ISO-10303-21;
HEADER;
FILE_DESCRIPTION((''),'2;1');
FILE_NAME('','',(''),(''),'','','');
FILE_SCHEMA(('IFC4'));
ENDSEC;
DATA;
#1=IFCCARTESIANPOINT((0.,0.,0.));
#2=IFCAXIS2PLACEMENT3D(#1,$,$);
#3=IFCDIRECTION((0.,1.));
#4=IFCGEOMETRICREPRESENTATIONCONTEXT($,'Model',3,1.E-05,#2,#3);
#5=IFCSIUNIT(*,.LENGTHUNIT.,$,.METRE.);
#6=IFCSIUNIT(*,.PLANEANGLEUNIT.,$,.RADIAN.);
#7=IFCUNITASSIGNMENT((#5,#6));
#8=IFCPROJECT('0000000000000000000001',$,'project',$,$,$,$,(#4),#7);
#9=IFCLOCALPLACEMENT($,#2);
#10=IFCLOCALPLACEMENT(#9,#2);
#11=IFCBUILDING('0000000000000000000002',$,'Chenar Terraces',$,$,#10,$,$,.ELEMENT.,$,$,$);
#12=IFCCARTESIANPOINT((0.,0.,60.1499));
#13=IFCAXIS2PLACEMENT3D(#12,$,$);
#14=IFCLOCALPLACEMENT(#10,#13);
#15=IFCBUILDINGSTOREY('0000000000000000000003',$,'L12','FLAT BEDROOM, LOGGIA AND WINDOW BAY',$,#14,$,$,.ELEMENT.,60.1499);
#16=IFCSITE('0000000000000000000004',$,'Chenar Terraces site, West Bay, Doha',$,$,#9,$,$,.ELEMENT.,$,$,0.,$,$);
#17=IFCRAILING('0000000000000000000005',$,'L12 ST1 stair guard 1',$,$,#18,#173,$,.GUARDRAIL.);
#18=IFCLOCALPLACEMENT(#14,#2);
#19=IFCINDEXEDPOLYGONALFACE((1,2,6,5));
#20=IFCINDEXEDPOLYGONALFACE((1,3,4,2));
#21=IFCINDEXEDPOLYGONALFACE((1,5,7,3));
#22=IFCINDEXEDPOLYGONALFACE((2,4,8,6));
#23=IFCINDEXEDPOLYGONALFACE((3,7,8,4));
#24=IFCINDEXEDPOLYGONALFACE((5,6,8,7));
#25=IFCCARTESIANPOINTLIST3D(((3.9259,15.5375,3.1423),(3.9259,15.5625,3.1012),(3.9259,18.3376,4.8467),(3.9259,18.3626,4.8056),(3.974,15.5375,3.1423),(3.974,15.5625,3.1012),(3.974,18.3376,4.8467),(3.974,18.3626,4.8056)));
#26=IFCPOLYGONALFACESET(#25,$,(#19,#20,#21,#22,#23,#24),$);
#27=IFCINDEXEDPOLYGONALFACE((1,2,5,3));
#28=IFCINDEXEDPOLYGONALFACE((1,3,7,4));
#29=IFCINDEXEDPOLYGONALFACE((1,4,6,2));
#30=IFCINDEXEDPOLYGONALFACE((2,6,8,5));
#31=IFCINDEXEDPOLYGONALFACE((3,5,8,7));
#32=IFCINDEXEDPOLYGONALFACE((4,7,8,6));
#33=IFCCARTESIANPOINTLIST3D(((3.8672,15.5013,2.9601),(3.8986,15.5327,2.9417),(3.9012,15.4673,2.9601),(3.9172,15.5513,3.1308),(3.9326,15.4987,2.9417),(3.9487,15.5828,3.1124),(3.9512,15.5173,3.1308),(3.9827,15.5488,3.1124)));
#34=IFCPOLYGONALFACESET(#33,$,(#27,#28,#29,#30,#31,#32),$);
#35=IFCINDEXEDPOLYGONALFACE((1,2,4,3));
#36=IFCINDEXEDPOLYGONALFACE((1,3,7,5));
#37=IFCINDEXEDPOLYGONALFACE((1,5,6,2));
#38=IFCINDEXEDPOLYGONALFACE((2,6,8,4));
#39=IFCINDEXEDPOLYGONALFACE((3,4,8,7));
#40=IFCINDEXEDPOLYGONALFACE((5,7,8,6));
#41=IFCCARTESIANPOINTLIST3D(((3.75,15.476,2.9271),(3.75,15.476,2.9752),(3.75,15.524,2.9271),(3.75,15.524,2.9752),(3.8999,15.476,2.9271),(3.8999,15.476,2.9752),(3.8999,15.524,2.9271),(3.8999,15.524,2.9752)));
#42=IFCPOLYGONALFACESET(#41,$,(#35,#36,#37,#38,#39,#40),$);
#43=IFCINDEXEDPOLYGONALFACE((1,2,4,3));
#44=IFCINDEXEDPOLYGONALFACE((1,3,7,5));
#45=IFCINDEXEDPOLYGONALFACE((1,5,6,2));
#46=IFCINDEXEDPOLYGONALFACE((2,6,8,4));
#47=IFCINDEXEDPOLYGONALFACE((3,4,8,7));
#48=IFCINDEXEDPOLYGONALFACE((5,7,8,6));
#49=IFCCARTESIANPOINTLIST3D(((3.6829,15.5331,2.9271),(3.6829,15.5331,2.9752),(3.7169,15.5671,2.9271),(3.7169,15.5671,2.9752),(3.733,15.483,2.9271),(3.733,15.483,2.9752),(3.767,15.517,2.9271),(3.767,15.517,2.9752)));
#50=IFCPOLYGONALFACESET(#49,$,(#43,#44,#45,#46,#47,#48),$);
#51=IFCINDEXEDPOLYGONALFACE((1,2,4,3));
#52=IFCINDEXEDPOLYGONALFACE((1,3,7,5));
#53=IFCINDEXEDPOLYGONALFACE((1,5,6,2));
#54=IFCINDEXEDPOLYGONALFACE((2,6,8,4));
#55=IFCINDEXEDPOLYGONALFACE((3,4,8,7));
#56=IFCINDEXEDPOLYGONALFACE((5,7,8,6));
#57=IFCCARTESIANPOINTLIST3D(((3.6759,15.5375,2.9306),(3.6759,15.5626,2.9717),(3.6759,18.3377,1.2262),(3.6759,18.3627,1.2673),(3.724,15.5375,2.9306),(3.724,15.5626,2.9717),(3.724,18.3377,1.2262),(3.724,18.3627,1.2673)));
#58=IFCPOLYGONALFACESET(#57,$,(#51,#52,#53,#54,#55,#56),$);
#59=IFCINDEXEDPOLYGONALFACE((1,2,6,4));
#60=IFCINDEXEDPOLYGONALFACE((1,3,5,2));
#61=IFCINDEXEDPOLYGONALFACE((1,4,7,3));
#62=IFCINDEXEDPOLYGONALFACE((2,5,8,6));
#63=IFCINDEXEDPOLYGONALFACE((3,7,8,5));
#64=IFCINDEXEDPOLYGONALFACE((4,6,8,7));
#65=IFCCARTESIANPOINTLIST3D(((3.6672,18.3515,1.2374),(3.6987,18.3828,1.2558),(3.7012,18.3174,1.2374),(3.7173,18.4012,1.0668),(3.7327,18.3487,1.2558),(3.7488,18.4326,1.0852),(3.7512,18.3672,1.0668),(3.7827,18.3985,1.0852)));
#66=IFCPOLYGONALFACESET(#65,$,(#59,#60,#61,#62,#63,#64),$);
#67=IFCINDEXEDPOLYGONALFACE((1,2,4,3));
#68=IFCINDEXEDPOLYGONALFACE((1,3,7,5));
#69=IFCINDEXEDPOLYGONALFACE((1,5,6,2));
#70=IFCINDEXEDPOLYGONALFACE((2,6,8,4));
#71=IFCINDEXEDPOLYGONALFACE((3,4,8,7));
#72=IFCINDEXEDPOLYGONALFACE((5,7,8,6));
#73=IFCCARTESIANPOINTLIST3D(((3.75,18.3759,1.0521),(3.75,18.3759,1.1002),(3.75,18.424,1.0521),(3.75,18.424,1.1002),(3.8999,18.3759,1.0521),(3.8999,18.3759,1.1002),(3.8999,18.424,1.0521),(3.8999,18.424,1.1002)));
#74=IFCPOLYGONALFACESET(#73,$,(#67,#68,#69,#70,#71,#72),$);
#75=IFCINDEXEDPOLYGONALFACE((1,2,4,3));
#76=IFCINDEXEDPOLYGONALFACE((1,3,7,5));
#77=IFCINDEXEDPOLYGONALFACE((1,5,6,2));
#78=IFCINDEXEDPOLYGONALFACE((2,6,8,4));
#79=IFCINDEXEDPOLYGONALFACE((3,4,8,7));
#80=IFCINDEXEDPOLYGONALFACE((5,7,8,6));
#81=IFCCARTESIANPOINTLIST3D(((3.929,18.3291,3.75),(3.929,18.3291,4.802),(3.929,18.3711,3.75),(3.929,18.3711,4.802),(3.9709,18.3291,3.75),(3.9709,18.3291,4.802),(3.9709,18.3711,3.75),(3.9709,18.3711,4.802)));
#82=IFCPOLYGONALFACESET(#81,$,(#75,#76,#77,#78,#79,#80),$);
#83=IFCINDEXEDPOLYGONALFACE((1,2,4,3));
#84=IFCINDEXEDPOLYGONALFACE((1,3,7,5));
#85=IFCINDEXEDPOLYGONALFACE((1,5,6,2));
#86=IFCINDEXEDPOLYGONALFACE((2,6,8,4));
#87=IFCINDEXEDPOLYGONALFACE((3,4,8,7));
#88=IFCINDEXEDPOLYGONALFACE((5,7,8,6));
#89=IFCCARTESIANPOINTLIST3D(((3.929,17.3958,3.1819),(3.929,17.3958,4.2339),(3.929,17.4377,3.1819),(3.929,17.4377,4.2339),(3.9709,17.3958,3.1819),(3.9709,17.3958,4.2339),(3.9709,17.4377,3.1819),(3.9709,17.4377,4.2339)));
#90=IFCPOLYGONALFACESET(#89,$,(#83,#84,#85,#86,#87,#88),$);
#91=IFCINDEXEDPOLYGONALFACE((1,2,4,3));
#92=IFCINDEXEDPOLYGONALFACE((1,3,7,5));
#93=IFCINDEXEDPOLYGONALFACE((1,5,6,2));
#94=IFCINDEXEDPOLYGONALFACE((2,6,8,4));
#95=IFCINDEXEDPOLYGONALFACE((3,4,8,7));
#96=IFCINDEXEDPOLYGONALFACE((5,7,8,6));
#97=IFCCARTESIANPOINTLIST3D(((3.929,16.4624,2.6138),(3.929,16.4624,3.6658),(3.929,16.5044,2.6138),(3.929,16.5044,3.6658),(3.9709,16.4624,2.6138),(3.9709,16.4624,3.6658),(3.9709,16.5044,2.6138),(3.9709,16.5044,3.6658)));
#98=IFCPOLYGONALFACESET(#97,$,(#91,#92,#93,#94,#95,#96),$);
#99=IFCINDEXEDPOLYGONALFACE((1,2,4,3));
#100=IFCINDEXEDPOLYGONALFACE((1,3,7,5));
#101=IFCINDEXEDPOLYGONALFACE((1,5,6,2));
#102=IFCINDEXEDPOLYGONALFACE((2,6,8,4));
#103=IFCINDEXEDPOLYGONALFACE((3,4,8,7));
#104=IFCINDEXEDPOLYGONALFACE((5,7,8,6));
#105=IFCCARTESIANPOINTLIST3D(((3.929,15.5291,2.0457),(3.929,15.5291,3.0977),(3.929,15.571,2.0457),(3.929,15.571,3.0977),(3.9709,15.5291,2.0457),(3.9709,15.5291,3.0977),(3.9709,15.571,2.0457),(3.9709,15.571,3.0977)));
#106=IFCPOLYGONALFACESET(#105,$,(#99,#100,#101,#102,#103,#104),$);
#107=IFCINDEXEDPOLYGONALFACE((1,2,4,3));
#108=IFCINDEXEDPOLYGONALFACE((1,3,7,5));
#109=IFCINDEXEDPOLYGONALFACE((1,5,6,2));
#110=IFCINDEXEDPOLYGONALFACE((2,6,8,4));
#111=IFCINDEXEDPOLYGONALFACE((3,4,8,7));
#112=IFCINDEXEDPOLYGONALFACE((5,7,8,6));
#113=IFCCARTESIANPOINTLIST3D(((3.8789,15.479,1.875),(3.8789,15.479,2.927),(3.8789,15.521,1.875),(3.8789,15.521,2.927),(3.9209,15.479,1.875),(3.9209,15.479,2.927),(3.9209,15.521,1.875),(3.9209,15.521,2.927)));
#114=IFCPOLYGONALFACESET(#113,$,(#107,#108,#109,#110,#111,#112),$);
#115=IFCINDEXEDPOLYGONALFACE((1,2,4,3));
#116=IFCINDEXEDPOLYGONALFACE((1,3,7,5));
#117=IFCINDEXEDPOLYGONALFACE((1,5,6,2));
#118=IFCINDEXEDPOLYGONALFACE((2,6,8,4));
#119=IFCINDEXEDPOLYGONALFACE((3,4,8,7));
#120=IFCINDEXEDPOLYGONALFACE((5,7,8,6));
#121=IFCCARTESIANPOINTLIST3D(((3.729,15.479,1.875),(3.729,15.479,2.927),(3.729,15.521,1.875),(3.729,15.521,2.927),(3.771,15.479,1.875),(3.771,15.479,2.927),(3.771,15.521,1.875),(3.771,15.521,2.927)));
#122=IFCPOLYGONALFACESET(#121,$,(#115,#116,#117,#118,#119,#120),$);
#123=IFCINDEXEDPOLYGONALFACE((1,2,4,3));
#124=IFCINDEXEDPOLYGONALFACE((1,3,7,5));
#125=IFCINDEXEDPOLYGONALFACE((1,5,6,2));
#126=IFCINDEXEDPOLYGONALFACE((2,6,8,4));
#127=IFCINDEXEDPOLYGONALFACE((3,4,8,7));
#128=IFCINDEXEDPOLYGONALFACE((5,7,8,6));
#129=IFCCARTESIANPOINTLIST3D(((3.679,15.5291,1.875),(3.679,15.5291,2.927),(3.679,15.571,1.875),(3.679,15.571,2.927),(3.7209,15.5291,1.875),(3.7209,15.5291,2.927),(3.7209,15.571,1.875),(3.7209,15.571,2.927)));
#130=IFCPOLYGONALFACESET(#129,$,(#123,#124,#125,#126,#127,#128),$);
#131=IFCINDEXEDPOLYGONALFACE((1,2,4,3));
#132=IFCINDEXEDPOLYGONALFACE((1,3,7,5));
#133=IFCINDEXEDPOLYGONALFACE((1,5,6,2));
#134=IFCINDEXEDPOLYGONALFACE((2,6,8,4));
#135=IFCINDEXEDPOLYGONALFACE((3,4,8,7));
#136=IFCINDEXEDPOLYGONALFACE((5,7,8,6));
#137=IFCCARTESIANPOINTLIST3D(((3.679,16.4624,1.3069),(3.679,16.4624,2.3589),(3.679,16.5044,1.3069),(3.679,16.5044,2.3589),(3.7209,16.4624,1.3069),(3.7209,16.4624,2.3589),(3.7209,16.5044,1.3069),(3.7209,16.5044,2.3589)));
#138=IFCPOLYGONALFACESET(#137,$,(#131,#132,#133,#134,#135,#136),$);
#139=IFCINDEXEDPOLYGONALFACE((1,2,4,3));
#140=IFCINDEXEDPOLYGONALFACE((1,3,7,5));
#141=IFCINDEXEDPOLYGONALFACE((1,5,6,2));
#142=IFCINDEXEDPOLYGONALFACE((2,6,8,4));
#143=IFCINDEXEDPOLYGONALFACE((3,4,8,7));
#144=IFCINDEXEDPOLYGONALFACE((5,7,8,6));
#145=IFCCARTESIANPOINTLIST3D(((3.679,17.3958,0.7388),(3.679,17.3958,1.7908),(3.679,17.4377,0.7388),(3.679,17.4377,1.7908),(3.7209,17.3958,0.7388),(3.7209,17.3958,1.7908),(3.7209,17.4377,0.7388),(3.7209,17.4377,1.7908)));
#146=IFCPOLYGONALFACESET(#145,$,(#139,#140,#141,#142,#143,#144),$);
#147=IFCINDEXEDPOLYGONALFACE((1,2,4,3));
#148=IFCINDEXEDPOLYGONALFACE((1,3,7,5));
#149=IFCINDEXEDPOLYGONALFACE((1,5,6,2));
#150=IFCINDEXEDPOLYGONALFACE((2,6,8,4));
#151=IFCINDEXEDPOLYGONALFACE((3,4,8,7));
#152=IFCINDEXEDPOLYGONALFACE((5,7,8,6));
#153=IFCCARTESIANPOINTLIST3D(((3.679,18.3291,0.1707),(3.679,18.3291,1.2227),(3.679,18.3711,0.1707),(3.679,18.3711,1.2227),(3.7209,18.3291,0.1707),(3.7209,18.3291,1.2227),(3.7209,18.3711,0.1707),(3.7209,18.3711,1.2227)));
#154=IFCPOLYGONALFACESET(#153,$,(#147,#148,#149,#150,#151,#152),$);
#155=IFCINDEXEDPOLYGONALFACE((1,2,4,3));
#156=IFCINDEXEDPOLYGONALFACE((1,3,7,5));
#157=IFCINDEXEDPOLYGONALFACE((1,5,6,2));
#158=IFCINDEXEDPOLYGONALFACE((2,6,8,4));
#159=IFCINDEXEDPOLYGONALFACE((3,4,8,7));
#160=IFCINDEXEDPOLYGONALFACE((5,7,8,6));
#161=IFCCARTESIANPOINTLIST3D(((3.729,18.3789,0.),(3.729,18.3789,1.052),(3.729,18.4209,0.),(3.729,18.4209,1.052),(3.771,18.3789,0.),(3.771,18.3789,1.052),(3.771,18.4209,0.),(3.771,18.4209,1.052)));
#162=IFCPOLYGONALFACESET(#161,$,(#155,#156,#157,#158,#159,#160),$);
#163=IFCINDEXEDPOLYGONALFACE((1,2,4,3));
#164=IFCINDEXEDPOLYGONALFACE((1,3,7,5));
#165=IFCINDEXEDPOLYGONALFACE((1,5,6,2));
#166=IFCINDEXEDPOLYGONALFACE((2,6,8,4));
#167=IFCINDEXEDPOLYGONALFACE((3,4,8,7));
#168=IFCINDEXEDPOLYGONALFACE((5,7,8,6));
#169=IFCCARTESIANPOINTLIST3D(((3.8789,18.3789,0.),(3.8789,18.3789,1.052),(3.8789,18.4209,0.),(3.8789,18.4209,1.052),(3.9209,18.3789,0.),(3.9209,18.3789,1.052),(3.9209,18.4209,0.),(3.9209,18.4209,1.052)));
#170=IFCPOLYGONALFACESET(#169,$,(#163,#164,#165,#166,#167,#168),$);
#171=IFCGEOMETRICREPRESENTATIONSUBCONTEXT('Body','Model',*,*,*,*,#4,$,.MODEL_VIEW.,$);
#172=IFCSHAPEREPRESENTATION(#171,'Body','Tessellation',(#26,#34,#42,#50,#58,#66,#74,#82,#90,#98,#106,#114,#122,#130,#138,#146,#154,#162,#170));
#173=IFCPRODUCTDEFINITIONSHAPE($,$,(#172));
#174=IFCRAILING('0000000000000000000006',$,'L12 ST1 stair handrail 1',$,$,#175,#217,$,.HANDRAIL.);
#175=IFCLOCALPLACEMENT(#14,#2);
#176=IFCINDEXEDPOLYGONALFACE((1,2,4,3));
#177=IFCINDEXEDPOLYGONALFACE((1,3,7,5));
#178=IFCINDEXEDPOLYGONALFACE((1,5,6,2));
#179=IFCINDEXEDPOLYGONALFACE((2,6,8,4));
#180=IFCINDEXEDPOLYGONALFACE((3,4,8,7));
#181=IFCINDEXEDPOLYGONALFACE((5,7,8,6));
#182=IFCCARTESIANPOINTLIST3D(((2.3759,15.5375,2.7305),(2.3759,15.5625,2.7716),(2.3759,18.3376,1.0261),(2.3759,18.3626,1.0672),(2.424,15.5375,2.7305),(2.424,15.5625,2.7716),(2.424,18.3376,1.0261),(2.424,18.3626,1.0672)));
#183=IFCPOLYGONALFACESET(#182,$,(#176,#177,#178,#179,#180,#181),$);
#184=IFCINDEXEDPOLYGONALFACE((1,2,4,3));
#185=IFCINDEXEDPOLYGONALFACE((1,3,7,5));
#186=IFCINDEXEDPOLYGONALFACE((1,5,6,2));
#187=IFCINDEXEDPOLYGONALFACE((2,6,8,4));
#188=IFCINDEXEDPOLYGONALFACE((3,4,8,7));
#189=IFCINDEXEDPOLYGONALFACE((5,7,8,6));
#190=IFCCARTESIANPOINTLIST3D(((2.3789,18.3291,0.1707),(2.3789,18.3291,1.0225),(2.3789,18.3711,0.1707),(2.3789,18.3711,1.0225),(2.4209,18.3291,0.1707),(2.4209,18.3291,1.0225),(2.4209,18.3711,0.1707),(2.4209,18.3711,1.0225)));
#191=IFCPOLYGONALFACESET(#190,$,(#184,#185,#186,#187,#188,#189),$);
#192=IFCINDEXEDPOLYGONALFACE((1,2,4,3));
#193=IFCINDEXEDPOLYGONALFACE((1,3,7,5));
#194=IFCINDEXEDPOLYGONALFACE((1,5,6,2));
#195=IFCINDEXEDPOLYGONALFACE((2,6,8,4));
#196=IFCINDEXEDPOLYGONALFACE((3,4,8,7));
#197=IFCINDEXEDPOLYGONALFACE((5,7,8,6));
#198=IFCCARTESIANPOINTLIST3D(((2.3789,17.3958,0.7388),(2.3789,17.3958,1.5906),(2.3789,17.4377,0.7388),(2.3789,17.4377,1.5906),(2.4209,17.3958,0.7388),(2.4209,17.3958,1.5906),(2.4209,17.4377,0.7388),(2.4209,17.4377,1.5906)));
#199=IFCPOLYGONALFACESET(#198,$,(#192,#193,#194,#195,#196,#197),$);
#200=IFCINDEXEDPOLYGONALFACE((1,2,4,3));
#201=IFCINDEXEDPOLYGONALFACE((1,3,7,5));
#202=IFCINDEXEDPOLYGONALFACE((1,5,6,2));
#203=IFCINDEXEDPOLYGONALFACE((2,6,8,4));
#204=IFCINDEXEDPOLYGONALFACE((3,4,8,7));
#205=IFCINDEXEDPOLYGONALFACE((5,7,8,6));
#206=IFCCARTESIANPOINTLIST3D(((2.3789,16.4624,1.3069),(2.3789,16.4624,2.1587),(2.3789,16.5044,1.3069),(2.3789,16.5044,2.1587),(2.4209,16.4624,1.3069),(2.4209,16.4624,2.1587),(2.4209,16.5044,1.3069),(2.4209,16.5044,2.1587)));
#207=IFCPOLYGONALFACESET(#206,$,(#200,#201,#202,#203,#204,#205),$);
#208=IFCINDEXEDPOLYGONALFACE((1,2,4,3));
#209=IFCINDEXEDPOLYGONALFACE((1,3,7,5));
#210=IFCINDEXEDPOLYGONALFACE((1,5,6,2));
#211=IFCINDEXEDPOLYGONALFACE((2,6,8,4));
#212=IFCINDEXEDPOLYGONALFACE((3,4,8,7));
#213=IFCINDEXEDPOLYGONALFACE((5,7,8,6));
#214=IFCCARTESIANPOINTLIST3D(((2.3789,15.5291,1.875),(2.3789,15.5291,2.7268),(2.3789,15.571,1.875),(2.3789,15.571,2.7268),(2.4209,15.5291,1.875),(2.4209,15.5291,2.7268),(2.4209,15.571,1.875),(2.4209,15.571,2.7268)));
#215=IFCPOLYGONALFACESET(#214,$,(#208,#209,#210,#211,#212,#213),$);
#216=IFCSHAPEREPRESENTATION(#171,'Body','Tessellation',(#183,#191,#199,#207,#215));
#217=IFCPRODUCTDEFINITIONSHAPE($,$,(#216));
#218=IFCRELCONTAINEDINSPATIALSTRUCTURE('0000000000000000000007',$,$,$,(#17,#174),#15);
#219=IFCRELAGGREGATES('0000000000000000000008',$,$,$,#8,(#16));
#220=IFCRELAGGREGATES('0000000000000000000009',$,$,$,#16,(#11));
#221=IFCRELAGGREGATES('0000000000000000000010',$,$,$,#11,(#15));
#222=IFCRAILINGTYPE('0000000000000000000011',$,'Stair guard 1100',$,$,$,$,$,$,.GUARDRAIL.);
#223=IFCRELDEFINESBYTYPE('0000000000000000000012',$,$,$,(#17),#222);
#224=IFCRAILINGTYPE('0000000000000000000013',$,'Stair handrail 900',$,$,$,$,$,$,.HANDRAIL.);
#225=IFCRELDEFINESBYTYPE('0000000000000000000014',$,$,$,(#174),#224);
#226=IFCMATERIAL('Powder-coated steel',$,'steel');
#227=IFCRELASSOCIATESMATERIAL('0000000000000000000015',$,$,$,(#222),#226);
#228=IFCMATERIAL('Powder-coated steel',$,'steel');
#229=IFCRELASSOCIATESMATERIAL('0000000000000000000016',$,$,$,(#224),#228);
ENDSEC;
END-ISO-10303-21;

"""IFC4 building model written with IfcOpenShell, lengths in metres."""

from ifc_helpers import new_model, si_unit, direction, frame, origin, origin_2d, place, context, subcontext, project, spatial, rectangle, extrude, material, type_object, element, save


model = new_model("IFC4")

# Units and contexts
model_context = context("Model", 3, precision=1e-05, world=origin(), true_north=direction((0.0, 1.0)))
body_context = subcontext(model_context, "Body", "Model", "MODEL_VIEW")
ifc_project = project(units=[si_unit("LENGTHUNIT", "METRE"), si_unit("PLANEANGLEUNIT", "RADIAN")], contexts=[model_context])

# Site, building, storey
site_placement = place(None, origin())
site = spatial("IfcSite", under=ifc_project, at=site_placement, Name="Chenar Terraces site, West Bay, Doha", CompositionType="ELEMENT", RefElevation=0.0)
building_placement = place(site_placement, origin())
building = spatial("IfcBuilding", under=site, at=building_placement, Name="Chenar Terraces", CompositionType="ELEMENT")
storey_placement = place(building_placement, frame((0.0, 0.0, 60.1499)))
storey = spatial("IfcBuildingStorey", under=building, at=storey_placement, Name="L12", Description="FLAT BEDROOM, LOGGIA AND WINDOW BAY", CompositionType="ELEMENT", Elevation=60.1499)

# Railings
ifc_material_1 = material(Name="Powder-coated steel", Category="steel")
railing_type_1 = type_object("IfcRailingType", Name="Stair guard 1100", PredefinedType="GUARDRAIL", material=ifc_material_1)
railing_1_placement = place(storey_placement, frame((3.95, 18.3501, 3.75)))
element("IfcRailing", 1, at=railing_1_placement, inside=storey, type_object=railing_type_1, Name="L12 ST1 stair guard 1", PredefinedType="GUARDRAIL", context=body_context, shape_type="SweptSolid", body=[
    extrude(rectangle(XDim=0.0481, YDim=0.0481, at=origin_2d()), frame((0.0, 0.0, 1.0762), z_axis=(0.0, -0.854203, -0.51994), x_axis=(1.0, 0.0, 0.0)), (0.0, 0.0, 1.0), 3.2781),
    extrude(rectangle(XDim=0.0481, YDim=0.0481, at=origin_2d()), frame((0.0, -2.8, -0.6284), z_axis=(-0.2709, -0.2709, -0.923703), x_axis=(0.707107, -0.707107, 0.0)), (0.0, 0.0, 1.0), 0.1848),
    extrude(rectangle(XDim=0.0481, YDim=0.0481, at=origin_2d()), frame((-0.05, -2.8501, -0.7988), z_axis=(-1.0, 0.0, 0.0), x_axis=(0.0, -1.0, 0.0)), (0.0, 0.0, 1.0), 0.1499),
    extrude(rectangle(XDim=0.0481, YDim=0.0481, at=origin_2d()), frame((-0.2, -2.8501, -0.7988), z_axis=(-0.707107, 0.707107, 0.0), x_axis=(-0.707107, -0.707107, 0.0)), (0.0, 0.0, 1.0), 0.0708),
    extrude(rectangle(XDim=0.0481, YDim=0.0481, at=origin_2d()), frame((-0.25, -2.8, -0.7988), z_axis=(0.0, 0.854203, -0.51994), x_axis=(-1.0, 0.0, 0.0)), (0.0, 0.0, 1.0), 3.2781),
    extrude(rectangle(XDim=0.0481, YDim=0.0481, at=origin_2d()), frame((-0.25, 0.0, -2.5034), z_axis=(0.270997, 0.269675, -0.924033), x_axis=(-0.705376, 0.708834, 0.0)), (0.0, 0.0, 1.0), 0.1846),
    extrude(rectangle(XDim=0.0481, YDim=0.0481, at=origin_2d()), frame((-0.2, 0.0498, -2.6738), z_axis=(1.0, 0.0, 0.0), x_axis=(0.0, 1.0, 0.0)), (0.0, 0.0, 1.0), 0.1499),
    extrude(rectangle(XDim=0.042, YDim=0.042, at=origin_2d()), origin(), (0.0, 0.0, 1.0), 1.052),
    extrude(rectangle(XDim=0.042, YDim=0.042, at=origin_2d()), frame((0.0, -0.9333, -0.5681)), (0.0, 0.0, 1.0), 1.052),
    extrude(rectangle(XDim=0.042, YDim=0.042, at=origin_2d()), frame((0.0, -1.8667, -1.1362)), (0.0, 0.0, 1.0), 1.052),
    extrude(rectangle(XDim=0.042, YDim=0.042, at=origin_2d()), frame((0.0, -2.8, -1.7043)), (0.0, 0.0, 1.0), 1.052),
    extrude(rectangle(XDim=0.042, YDim=0.042, at=origin_2d()), frame((-0.05, -2.8501, -1.875)), (0.0, 0.0, 1.0), 1.052),
    extrude(rectangle(XDim=0.042, YDim=0.042, at=origin_2d()), frame((-0.2, -2.8501, -1.875)), (0.0, 0.0, 1.0), 1.052),
    extrude(rectangle(XDim=0.042, YDim=0.042, at=origin_2d()), frame((-0.25, -2.8, -1.875)), (0.0, 0.0, 1.0), 1.052),
    extrude(rectangle(XDim=0.042, YDim=0.042, at=origin_2d()), frame((-0.25, -1.8667, -2.4431)), (0.0, 0.0, 1.0), 1.052),
    extrude(rectangle(XDim=0.042, YDim=0.042, at=origin_2d()), frame((-0.25, -0.9333, -3.0112)), (0.0, 0.0, 1.0), 1.052),
    extrude(rectangle(XDim=0.042, YDim=0.042, at=origin_2d()), frame((-0.25, 0.0, -3.5793)), (0.0, 0.0, 1.0), 1.052),
    extrude(rectangle(XDim=0.042, YDim=0.042, at=origin_2d()), frame((-0.2, 0.0498, -3.75)), (0.0, 0.0, 1.0), 1.052),
    extrude(rectangle(XDim=0.042, YDim=0.042, at=origin_2d()), frame((-0.05, 0.0498, -3.75)), (0.0, 0.0, 1.0), 1.052),
])
ifc_material_2 = material(Name="Powder-coated steel", Category="steel")
railing_type_2 = type_object("IfcRailingType", Name="Stair handrail 900", PredefinedType="HANDRAIL", material=ifc_material_2)
railing_2_placement = place(storey_placement, frame((2.3999, 18.3501, 0.1707)))
element("IfcRailing", 2, at=railing_2_placement, inside=storey, type_object=railing_type_2, Name="L12 ST1 stair handrail 1", PredefinedType="HANDRAIL", context=body_context, shape_type="SweptSolid", body=[
    extrude(rectangle(XDim=0.0481, YDim=0.0481, at=origin_2d()), frame((0.0, 0.0, 0.876), z_axis=(0.0, -0.854203, 0.51994), x_axis=(1.0, 0.0, 0.0)), (0.0, 0.0, 1.0), 3.2781),
    extrude(rectangle(XDim=0.042, YDim=0.042, at=origin_2d()), origin(), (0.0, 0.0, 1.0), 0.8518),
    extrude(rectangle(XDim=0.042, YDim=0.042, at=origin_2d()), frame((0.0, -0.9333, 0.5681)), (0.0, 0.0, 1.0), 0.8518),
    extrude(rectangle(XDim=0.042, YDim=0.042, at=origin_2d()), frame((0.0, -1.8667, 1.1362)), (0.0, 0.0, 1.0), 0.8518),
    extrude(rectangle(XDim=0.042, YDim=0.042, at=origin_2d()), frame((0.0, -2.8, 1.7043)), (0.0, 0.0, 1.0), 0.8518),
])

save(model, "model.ifc")
